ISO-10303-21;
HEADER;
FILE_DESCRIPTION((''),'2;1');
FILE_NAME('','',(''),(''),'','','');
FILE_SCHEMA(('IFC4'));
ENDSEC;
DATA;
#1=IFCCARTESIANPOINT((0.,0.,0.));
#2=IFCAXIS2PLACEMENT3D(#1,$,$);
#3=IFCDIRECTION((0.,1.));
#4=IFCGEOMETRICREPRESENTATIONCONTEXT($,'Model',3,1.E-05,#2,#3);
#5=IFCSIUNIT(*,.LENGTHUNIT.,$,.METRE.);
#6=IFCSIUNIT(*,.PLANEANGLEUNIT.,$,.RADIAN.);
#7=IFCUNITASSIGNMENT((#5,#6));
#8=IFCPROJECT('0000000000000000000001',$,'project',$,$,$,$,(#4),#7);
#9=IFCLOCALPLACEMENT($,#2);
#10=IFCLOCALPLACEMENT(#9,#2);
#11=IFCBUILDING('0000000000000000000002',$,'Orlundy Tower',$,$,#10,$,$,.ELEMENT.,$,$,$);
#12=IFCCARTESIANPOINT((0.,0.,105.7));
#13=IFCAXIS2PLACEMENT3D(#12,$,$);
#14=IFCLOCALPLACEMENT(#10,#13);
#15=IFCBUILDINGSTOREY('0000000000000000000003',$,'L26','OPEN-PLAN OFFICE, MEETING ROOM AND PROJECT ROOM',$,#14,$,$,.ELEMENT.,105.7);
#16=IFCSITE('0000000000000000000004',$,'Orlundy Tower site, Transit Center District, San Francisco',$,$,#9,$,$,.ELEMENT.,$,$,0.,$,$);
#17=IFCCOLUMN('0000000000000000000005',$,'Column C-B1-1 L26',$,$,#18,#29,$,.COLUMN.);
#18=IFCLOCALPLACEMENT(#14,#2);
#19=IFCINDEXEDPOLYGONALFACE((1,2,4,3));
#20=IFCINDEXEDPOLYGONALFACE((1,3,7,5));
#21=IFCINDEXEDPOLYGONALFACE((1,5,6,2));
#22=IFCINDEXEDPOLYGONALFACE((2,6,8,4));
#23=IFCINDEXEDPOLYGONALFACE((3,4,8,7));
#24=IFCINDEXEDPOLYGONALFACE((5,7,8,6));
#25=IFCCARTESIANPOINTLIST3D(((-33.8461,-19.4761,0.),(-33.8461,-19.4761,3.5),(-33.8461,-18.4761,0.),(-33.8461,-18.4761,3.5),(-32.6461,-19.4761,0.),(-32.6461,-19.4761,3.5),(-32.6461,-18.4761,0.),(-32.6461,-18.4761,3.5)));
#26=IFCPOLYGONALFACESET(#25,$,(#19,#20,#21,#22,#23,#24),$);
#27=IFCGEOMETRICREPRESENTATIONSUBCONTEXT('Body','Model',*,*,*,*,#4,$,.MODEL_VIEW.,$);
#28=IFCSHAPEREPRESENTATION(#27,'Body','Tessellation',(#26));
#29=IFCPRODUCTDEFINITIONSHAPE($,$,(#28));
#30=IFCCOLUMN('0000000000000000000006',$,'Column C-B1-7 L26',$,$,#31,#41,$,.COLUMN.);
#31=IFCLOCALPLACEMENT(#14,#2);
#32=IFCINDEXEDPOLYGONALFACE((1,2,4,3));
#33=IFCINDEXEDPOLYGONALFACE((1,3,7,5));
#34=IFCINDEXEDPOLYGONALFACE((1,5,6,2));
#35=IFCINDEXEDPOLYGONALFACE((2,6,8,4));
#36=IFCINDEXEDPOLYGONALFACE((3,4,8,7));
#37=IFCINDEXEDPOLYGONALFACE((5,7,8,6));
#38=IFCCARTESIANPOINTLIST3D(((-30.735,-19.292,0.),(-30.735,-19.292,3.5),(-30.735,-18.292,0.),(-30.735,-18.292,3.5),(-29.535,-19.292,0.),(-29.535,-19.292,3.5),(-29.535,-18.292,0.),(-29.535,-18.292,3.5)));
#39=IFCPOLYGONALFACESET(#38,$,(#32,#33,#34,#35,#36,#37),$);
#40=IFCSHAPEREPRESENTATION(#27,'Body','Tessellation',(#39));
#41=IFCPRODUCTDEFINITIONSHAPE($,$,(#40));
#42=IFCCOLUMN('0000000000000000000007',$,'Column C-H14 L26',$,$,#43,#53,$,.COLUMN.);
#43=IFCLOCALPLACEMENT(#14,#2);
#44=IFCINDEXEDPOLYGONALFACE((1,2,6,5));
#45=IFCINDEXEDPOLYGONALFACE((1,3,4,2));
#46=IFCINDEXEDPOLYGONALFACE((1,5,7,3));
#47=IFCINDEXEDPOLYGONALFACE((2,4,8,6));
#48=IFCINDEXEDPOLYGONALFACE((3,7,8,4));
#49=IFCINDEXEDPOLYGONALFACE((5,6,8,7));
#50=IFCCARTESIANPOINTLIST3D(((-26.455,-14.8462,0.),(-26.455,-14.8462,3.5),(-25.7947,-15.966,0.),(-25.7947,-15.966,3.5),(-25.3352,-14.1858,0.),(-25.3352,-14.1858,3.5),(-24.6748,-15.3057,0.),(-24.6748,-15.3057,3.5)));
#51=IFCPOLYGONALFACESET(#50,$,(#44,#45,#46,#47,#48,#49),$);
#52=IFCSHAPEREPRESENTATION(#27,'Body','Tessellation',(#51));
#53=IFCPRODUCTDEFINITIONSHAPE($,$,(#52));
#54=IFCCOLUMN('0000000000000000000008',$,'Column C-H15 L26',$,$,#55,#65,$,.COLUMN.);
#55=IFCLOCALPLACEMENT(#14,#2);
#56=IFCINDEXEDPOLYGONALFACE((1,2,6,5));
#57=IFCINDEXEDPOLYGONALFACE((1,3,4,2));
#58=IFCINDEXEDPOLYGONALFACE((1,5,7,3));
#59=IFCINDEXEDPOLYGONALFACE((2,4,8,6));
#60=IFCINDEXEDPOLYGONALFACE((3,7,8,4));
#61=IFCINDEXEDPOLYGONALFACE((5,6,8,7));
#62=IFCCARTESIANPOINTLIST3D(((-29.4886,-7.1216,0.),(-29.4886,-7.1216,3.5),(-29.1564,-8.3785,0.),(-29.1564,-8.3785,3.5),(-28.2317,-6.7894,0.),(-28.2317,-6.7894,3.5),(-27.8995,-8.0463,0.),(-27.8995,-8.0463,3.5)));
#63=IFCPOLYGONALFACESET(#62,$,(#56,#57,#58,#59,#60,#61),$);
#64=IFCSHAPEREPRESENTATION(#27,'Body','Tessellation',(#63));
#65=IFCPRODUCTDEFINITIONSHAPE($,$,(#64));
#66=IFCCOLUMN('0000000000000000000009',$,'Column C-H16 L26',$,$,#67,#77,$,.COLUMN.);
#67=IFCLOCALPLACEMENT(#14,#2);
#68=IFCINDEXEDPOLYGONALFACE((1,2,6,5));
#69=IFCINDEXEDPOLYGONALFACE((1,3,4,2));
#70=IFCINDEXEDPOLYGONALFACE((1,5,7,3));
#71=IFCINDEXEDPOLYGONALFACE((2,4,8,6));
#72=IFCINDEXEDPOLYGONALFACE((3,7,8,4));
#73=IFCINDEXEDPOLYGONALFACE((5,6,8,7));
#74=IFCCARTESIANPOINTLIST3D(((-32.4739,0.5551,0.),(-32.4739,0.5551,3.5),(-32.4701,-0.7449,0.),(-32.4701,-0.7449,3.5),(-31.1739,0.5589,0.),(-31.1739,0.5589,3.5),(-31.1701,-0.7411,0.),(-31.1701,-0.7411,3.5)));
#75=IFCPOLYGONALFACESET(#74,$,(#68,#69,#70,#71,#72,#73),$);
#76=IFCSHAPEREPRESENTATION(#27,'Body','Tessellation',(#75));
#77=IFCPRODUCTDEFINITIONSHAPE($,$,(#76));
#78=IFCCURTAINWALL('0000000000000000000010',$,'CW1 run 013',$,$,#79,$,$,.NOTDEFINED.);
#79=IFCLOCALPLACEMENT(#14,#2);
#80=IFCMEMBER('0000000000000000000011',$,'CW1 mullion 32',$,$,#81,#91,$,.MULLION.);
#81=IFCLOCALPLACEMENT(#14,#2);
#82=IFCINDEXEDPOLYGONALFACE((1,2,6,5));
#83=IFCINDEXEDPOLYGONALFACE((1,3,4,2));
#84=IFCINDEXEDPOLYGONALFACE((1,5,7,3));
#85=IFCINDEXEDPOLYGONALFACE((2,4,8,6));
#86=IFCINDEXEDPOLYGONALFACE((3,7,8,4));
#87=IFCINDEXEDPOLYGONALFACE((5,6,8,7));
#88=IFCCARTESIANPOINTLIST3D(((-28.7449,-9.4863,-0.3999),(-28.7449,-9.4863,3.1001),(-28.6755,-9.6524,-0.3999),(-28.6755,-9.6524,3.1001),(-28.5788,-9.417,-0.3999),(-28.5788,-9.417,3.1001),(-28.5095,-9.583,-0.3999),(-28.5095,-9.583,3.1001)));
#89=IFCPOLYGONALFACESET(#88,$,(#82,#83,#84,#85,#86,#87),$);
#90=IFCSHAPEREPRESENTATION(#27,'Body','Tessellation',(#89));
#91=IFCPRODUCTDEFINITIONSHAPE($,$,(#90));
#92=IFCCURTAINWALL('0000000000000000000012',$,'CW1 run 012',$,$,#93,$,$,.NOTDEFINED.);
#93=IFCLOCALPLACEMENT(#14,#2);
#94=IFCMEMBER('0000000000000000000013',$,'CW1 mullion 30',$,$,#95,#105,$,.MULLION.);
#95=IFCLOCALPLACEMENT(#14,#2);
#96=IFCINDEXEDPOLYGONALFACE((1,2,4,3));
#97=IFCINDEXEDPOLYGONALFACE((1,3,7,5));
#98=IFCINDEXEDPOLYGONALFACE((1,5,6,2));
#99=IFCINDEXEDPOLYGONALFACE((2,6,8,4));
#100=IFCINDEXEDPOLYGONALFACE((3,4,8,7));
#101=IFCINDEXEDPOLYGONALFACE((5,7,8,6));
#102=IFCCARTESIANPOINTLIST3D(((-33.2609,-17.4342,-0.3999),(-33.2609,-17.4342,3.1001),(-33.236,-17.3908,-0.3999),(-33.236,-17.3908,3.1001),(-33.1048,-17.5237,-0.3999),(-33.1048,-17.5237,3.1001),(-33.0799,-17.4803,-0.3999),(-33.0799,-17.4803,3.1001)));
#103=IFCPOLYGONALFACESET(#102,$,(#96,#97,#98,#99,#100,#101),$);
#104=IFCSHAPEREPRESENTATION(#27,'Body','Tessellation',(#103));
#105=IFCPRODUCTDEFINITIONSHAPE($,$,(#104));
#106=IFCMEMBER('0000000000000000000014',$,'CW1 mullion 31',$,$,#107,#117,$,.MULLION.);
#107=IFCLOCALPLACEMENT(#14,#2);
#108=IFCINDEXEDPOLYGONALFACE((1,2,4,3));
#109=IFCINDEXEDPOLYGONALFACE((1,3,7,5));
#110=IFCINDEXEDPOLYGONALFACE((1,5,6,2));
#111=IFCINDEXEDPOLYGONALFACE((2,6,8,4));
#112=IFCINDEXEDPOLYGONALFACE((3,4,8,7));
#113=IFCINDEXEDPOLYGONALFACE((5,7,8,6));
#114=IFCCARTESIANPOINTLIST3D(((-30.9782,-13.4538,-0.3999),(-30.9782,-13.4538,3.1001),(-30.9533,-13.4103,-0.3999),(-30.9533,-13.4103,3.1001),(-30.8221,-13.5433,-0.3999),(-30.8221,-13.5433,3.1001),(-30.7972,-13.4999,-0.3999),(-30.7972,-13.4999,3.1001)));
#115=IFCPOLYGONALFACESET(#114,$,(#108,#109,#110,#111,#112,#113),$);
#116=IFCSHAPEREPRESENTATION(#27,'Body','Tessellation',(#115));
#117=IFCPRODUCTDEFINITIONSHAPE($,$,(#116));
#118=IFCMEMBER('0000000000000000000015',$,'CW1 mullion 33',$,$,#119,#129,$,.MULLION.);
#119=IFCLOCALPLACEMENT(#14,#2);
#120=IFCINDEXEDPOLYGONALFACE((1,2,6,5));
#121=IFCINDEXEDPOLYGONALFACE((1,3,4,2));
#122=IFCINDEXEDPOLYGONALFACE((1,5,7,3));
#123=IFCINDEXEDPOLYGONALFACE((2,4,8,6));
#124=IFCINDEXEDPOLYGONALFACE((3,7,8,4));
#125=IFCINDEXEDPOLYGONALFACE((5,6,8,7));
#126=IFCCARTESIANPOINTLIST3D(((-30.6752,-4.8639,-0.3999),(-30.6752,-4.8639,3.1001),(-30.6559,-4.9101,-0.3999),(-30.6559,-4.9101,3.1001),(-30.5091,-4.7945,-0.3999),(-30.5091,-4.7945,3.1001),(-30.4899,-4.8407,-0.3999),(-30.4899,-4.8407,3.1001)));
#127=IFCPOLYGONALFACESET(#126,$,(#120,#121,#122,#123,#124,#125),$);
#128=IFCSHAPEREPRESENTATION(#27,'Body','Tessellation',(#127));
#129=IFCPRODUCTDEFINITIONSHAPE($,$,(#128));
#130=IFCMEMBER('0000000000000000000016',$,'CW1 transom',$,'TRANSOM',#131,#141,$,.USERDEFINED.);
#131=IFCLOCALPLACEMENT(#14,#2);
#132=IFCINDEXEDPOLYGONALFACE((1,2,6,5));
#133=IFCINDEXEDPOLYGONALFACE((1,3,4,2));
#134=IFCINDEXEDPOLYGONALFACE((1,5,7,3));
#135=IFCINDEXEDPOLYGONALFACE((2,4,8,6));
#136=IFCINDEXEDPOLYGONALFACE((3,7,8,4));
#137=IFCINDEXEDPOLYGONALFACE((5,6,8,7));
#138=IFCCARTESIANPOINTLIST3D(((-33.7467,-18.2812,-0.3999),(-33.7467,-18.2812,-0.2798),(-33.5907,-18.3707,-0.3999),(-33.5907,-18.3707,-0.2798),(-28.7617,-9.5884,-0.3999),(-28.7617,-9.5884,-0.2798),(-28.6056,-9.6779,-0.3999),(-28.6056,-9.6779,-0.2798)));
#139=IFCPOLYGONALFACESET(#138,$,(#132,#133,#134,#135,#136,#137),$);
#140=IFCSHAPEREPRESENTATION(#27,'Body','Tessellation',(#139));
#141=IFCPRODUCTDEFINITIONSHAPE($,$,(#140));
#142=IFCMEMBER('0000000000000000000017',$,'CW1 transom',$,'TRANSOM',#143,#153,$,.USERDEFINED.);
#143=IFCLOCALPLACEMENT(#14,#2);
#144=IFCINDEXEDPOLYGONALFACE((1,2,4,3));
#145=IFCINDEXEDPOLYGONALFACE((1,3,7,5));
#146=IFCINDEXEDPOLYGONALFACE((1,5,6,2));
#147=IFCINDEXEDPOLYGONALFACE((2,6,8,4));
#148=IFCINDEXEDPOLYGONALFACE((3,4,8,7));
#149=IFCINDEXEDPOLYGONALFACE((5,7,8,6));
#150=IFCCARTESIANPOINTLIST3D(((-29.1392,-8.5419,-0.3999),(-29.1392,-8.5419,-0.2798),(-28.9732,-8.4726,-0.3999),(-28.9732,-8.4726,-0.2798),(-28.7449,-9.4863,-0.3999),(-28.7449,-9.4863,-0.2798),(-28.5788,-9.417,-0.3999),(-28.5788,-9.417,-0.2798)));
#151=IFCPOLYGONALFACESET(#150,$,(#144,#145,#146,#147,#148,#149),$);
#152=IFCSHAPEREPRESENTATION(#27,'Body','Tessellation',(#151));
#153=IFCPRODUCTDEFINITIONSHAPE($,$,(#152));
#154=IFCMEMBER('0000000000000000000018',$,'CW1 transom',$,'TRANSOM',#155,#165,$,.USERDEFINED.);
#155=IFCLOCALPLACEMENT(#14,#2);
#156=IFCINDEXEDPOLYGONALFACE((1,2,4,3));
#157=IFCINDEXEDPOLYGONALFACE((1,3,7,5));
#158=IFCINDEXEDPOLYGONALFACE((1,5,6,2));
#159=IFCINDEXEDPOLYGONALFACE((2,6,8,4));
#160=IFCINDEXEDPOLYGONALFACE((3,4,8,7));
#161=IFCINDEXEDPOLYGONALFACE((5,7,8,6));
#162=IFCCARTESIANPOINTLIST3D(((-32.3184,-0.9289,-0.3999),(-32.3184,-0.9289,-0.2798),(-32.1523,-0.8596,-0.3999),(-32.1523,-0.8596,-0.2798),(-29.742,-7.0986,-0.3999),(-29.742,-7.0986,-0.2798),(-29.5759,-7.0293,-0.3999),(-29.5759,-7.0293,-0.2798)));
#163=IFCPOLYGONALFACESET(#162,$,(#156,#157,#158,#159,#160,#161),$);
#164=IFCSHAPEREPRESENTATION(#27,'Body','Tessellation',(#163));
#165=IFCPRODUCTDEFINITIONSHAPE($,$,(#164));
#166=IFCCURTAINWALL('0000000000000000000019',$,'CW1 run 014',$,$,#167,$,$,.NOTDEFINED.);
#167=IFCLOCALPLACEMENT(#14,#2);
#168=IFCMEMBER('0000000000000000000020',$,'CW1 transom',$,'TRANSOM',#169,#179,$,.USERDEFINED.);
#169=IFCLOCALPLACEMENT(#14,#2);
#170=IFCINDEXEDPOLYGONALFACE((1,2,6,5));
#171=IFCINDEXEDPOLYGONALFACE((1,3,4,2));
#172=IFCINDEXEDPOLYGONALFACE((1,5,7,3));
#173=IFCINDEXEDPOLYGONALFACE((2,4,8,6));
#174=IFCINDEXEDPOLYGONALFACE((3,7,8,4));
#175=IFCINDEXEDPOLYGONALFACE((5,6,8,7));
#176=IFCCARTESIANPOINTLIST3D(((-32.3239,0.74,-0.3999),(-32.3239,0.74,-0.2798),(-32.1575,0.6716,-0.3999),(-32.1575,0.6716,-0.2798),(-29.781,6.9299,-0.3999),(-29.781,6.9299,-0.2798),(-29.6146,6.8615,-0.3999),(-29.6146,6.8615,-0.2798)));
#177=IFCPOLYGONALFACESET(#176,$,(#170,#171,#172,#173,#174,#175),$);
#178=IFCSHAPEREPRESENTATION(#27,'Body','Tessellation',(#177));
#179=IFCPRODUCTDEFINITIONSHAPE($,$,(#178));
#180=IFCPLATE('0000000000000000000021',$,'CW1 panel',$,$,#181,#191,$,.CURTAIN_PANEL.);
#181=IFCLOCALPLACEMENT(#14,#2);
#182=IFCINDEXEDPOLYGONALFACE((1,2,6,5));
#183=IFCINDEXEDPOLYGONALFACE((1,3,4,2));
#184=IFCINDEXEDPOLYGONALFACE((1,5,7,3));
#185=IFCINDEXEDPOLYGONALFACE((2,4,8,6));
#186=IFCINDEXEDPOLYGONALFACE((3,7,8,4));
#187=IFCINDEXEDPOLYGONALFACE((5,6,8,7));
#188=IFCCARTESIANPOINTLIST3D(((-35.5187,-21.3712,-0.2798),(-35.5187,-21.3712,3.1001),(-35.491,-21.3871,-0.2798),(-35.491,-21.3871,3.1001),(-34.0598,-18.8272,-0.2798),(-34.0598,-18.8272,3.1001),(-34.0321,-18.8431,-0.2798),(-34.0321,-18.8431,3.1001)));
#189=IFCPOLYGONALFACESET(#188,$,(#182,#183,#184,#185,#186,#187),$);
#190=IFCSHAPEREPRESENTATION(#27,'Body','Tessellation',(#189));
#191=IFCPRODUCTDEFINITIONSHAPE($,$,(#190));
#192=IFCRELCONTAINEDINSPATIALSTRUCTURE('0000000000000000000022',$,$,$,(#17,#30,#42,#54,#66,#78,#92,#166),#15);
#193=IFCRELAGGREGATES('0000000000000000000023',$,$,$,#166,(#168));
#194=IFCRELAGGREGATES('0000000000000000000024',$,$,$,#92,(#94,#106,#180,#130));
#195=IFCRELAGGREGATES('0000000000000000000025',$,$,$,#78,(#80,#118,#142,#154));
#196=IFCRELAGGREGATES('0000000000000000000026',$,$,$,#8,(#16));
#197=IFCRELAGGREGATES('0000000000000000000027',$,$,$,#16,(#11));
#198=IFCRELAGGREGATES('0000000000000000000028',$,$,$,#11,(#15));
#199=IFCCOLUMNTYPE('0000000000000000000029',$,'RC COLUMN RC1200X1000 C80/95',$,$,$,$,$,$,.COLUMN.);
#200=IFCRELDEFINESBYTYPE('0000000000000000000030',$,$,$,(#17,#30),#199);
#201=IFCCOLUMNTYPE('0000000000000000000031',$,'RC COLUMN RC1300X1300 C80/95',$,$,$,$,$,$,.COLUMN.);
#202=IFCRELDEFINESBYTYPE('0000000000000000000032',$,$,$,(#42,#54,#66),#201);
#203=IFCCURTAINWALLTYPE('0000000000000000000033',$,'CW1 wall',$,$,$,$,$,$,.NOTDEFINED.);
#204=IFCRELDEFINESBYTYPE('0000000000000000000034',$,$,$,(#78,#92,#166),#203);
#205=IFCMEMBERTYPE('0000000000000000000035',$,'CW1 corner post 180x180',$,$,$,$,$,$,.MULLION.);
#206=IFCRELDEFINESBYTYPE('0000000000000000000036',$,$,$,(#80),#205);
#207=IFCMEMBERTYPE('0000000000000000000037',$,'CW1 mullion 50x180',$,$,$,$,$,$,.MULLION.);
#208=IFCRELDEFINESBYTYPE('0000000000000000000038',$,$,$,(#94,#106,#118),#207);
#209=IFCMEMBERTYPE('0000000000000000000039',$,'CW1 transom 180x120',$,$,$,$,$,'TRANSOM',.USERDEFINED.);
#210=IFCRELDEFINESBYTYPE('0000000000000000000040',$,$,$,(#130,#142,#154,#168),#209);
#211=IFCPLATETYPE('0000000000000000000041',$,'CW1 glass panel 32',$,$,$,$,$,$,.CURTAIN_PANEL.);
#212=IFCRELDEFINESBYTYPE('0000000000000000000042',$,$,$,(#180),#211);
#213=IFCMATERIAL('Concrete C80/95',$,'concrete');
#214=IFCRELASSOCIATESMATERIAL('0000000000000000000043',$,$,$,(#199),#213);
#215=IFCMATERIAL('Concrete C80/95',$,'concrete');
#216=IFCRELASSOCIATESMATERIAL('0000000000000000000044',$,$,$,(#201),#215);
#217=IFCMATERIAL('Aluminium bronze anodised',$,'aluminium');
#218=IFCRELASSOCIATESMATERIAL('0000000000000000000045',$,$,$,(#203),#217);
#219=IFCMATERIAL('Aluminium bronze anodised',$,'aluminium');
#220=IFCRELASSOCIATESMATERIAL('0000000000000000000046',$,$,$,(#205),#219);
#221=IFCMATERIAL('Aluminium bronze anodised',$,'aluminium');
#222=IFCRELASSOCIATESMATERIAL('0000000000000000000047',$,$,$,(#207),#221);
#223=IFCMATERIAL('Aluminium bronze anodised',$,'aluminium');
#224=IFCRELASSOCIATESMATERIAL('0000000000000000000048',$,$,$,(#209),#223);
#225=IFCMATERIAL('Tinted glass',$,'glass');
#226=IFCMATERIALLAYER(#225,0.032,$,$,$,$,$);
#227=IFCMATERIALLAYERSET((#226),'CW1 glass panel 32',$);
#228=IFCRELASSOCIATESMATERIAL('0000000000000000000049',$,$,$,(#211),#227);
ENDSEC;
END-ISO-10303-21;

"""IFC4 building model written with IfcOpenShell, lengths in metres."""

from ifc_helpers import new_model, si_unit, direction, frame, origin, origin_2d, place, context, subcontext, project, spatial, rectangle, extrude, material, layer, layer_set, material_profile, profile_set, type_object, element, aggregate, save


model = new_model("IFC4")

# Units and contexts
model_context = context("Model", 3, precision=1e-05, world=origin(), true_north=direction((0.0, 1.0)))
body_context = subcontext(model_context, "Body", "Model", "MODEL_VIEW")
ifc_project = project(units=[si_unit("LENGTHUNIT", "METRE"), si_unit("PLANEANGLEUNIT", "RADIAN")], contexts=[model_context])

# Site, building, storey
site_placement = place(None, origin())
site = spatial("IfcSite", under=ifc_project, at=site_placement, Name="Orlundy Tower site, Transit Center District, San Francisco", CompositionType="ELEMENT", RefElevation=0.0)
building_placement = place(site_placement, origin())
building = spatial("IfcBuilding", under=site, at=building_placement, Name="Orlundy Tower", CompositionType="ELEMENT")
storey_placement = place(building_placement, frame((0.0, 0.0, 105.7)))
storey = spatial("IfcBuildingStorey", under=building, at=storey_placement, Name="L26", Description="OPEN-PLAN OFFICE, MEETING ROOM AND PROJECT ROOM", CompositionType="ELEMENT", Elevation=105.7)

# Columns
ifc_material_1 = material(Name="Concrete C80/95", Category="concrete")
ifc_material_profile_1 = material_profile(ifc_material_1, rectangle(XDim=1.2, YDim=1.0, at=origin_2d()), Name="RC1200X1000")
ifc_profile_set_1 = profile_set([ifc_material_profile_1], Name="Concrete C80/95")
column_type_1 = type_object("IfcColumnType", Name="RC COLUMN RC1200X1000 C80/95", PredefinedType="COLUMN", material=ifc_profile_set_1)
for number, where, z_axis, x_axis, name in (
    (1, (-33.2461, -18.9761, 0.0), (0.0, 0.0, 1.0), (1.0, 0.0, 0.0), "Column C-B1-1 L26"),
    (2, (-30.135, -18.792, 0.0), (0.0, 0.0, 1.0), (1.0, 0.0, 0.0), "Column C-B1-7 L26"),
):
    element("IfcColumn", number, at=place(storey_placement, frame(where, z_axis=z_axis, x_axis=x_axis)), inside=storey, type_object=column_type_1, Name=name, PredefinedType="COLUMN", context=body_context, shape_type="SweptSolid", body=[
        extrude(rectangle(XDim=1.2, YDim=1.0, at=origin_2d()), origin(), (0.0, 0.0, 1.0), 3.5),
    ])
ifc_material_2 = material(Name="Concrete C80/95", Category="concrete")
ifc_material_profile_2 = material_profile(ifc_material_2, rectangle(XDim=1.3, YDim=1.3, at=origin_2d()), Name="RC1300X1300")
ifc_profile_set_2 = profile_set([ifc_material_profile_2], Name="Concrete C80/95")
column_type_2 = type_object("IfcColumnType", Name="RC COLUMN RC1300X1300 C80/95", PredefinedType="COLUMN", material=ifc_profile_set_2)
for number, where, z_axis, x_axis, name in (
    (3, (-25.5649, -15.0759, 0.0), (0.0, 0.0, 1.0), (-0.861381, -0.507959, 0.0), "Column C-H14 L26"),
    (4, (-28.6941, -7.584, 0.0), (0.0, 0.0, 1.0), (-0.966801, -0.25553, 0.0), "Column C-H15 L26"),
    (5, (-31.822, -0.093, 0.0), (0.0, 0.0, 1.0), (-0.999996, -0.002915, 0.0), "Column C-H16 L26"),
):
    element("IfcColumn", number, at=place(storey_placement, frame(where, z_axis=z_axis, x_axis=x_axis)), inside=storey, type_object=column_type_2, Name=name, PredefinedType="COLUMN", context=body_context, shape_type="SweptSolid", body=[
        extrude(rectangle(XDim=1.3, YDim=1.3, at=origin_2d()), origin(), (0.0, 0.0, 1.0), 3.5),
    ])

# Curtain wall, member
ifc_material_3 = material(Name="Aluminium bronze anodised", Category="aluminium")
curtain_wall_type = type_object("IfcCurtainWallType", Name="CW1 wall", PredefinedType="NOTDEFINED", material=ifc_material_3)
curtain_wall_1_placement = place(storey_placement, origin())
curtain_wall_1 = element("IfcCurtainWall", 6, at=curtain_wall_1_placement, inside=storey, type_object=curtain_wall_type, Name="CW1 run 013", PredefinedType="NOTDEFINED")
ifc_material_4 = material(Name="Aluminium bronze anodised", Category="aluminium")
ifc_material_profile_3 = material_profile(ifc_material_4, rectangle(XDim=0.1799, YDim=0.1799, at=origin_2d()), Name="CW1 corner post 180x180")
ifc_profile_set_3 = profile_set([ifc_material_profile_3], Name="Aluminium bronze anodised")
member_type_1 = type_object("IfcMemberType", Name="CW1 corner post 180x180", PredefinedType="MULLION", material=ifc_profile_set_3)
member_1_placement = place(storey_placement, frame((-28.6272, -9.5347, -0.3999), z_axis=(0.0, 0.0, 1.0), x_axis=(-0.922773, -0.385344, 0.0)))
member_1 = element("IfcMember", 7, at=member_1_placement, type_object=member_type_1, Name="CW1 mullion 32", PredefinedType="MULLION", context=body_context, shape_type="SweptSolid", body=[
    extrude(rectangle(XDim=0.1799, YDim=0.1799, at=origin_2d()), origin(), (0.0, 0.0, 1.0), 3.5),
])

# Curtain wall, members
curtain_wall_2_placement = place(storey_placement, origin())
curtain_wall_2 = element("IfcCurtainWall", 8, at=curtain_wall_2_placement, inside=storey, type_object=curtain_wall_type, Name="CW1 run 012", PredefinedType="NOTDEFINED")
ifc_material_5 = material(Name="Aluminium bronze anodised", Category="aluminium")
ifc_material_profile_4 = material_profile(ifc_material_5, rectangle(XDim=0.1799, YDim=0.05, at=origin_2d()), Name="CW1 mullion 50x180")
ifc_profile_set_4 = profile_set([ifc_material_profile_4], Name="Aluminium bronze anodised")
member_type_2 = type_object("IfcMemberType", Name="CW1 mullion 50x180", PredefinedType="MULLION", material=ifc_profile_set_4)
member_2_placement = place(storey_placement, frame((-33.1704, -17.4573, -0.3999), z_axis=(0.0, 0.0, 1.0), x_axis=(-0.867482, 0.497468, 0.0)))
member_2 = element("IfcMember", 9, at=member_2_placement, type_object=member_type_2, Name="CW1 mullion 30", PredefinedType="MULLION", context=body_context, shape_type="SweptSolid", body=[
    extrude(rectangle(XDim=0.1799, YDim=0.05, at=origin_2d()), origin(), (0.0, 0.0, 1.0), 3.5),
])
member_3_placement = place(storey_placement, frame((-30.8877, -13.4768, -0.3999), z_axis=(0.0, 0.0, 1.0), x_axis=(-0.867482, 0.497468, 0.0)))
member_3 = element("IfcMember", 10, at=member_3_placement, type_object=member_type_2, Name="CW1 mullion 31", PredefinedType="MULLION", context=body_context, shape_type="SweptSolid", body=[
    extrude(rectangle(XDim=0.1799, YDim=0.05, at=origin_2d()), origin(), (0.0, 0.0, 1.0), 3.5),
])

# Members
member_4_placement = place(storey_placement, frame((-30.5825, -4.8523, -0.3999), z_axis=(0.0, 0.0, 1.0), x_axis=(-0.922773, -0.385344, 0.0)))
member_4 = element("IfcMember", 11, at=member_4_placement, type_object=member_type_2, Name="CW1 mullion 33", PredefinedType="MULLION", context=body_context, shape_type="SweptSolid", body=[
    extrude(rectangle(XDim=0.1799, YDim=0.05, at=origin_2d()), origin(), (0.0, 0.0, 1.0), 3.5),
])
ifc_material_6 = material(Name="Aluminium bronze anodised", Category="aluminium")
ifc_material_profile_5 = material_profile(ifc_material_6, rectangle(XDim=0.1799, YDim=0.1201, at=origin_2d()), Name="CW1 transom 180x120")
ifc_profile_set_5 = profile_set([ifc_material_profile_5], Name="Aluminium bronze anodised")
member_type_3 = type_object("IfcMemberType", Name="CW1 transom 180x120", ElementType="TRANSOM", PredefinedType="USERDEFINED", material=ifc_profile_set_5)
member_5_placement = place(storey_placement, frame((-33.6687, -18.3259, -0.3398), z_axis=(0.497474, 0.867479, 0.0), x_axis=(-0.867479, 0.497474, 0.0)))
member_5 = element("IfcMember", 12, at=member_5_placement, type_object=member_type_3, Name="CW1 transom", ObjectType="TRANSOM", PredefinedType="USERDEFINED", context=body_context, shape_type="SweptSolid", body=[
    extrude(rectangle(XDim=0.1799, YDim=0.1201, at=origin_2d()), origin(), (0.0, 0.0, 1.0), 10.0208),
])
member_6_placement = place(storey_placement, frame((-28.6619, -9.4517, -0.3398), z_axis=(-0.385293, 0.922794, 0.0), x_axis=(-0.922794, -0.385293, 0.0)))
member_6 = element("IfcMember", 13, at=member_6_placement, type_object=member_type_3, Name="CW1 transom", ObjectType="TRANSOM", PredefinedType="USERDEFINED", context=body_context, shape_type="SweptSolid", body=[
    extrude(rectangle(XDim=0.1799, YDim=0.1201, at=origin_2d()), origin(), (0.0, 0.0, 1.0), 1.0234),
])
member_7_placement = place(storey_placement, frame((-29.6589, -7.064, -0.3398), z_axis=(-0.385344, 0.922773, 0.0), x_axis=(-0.922773, -0.385344, 0.0)))
member_7 = element("IfcMember", 14, at=member_7_placement, type_object=member_type_3, Name="CW1 transom", ObjectType="TRANSOM", PredefinedType="USERDEFINED", context=body_context, shape_type="SweptSolid", body=[
    extrude(rectangle(XDim=0.1799, YDim=0.1201, at=origin_2d()), origin(), (0.0, 0.0, 1.0), 6.686),
])

# Curtain wall, member
curtain_wall_3_placement = place(storey_placement, origin())
curtain_wall_3 = element("IfcCurtainWall", 15, at=curtain_wall_3_placement, inside=storey, type_object=curtain_wall_type, Name="CW1 run 014", PredefinedType="NOTDEFINED")
member_8_placement = place(storey_placement, frame((-32.2407, 0.7058, -0.3398), z_axis=(0.380005, 0.924985, 0.0), x_axis=(-0.924985, 0.380005, 0.0)))
member_8 = element("IfcMember", 16, at=member_8_placement, type_object=member_type_3, Name="CW1 transom", ObjectType="TRANSOM", PredefinedType="USERDEFINED", context=body_context, shape_type="SweptSolid", body=[
    extrude(rectangle(XDim=0.1799, YDim=0.1201, at=origin_2d()), origin(), (0.0, 0.0, 1.0), 6.6919),
])
aggregate(curtain_wall_3, [member_8])

# Plate
ifc_material_7 = material(Name="Tinted glass", Category="glass")
ifc_layer_1 = layer(ifc_material_7, 0.032)
ifc_layer_set_1 = layer_set([ifc_layer_1], Name="CW1 glass panel 32")
plate_type = type_object("IfcPlateType", Name="CW1 glass panel 32", PredefinedType="CURTAIN_PANEL", material=ifc_layer_set_1)
plate_1_placement = place(storey_placement, frame((-34.7754, -20.1072, -0.2798), z_axis=(0.0, 0.0, 1.0), x_axis=(0.497468, 0.867482, 0.0)))
plate_1 = element("IfcPlate", 17, at=plate_1_placement, type_object=plate_type, Name="CW1 panel", PredefinedType="CURTAIN_PANEL", context=body_context, shape_type="SweptSolid", body=[
    extrude(rectangle(XDim=2.9326, YDim=0.032, at=origin_2d()), origin(), (0.0, 0.0, 1.0), 3.3799),
])
aggregate(curtain_wall_2, [member_2, member_3, plate_1, member_5])
aggregate(curtain_wall_1, [member_1, member_4, member_6, member_7])

save(model, "model.ifc")
